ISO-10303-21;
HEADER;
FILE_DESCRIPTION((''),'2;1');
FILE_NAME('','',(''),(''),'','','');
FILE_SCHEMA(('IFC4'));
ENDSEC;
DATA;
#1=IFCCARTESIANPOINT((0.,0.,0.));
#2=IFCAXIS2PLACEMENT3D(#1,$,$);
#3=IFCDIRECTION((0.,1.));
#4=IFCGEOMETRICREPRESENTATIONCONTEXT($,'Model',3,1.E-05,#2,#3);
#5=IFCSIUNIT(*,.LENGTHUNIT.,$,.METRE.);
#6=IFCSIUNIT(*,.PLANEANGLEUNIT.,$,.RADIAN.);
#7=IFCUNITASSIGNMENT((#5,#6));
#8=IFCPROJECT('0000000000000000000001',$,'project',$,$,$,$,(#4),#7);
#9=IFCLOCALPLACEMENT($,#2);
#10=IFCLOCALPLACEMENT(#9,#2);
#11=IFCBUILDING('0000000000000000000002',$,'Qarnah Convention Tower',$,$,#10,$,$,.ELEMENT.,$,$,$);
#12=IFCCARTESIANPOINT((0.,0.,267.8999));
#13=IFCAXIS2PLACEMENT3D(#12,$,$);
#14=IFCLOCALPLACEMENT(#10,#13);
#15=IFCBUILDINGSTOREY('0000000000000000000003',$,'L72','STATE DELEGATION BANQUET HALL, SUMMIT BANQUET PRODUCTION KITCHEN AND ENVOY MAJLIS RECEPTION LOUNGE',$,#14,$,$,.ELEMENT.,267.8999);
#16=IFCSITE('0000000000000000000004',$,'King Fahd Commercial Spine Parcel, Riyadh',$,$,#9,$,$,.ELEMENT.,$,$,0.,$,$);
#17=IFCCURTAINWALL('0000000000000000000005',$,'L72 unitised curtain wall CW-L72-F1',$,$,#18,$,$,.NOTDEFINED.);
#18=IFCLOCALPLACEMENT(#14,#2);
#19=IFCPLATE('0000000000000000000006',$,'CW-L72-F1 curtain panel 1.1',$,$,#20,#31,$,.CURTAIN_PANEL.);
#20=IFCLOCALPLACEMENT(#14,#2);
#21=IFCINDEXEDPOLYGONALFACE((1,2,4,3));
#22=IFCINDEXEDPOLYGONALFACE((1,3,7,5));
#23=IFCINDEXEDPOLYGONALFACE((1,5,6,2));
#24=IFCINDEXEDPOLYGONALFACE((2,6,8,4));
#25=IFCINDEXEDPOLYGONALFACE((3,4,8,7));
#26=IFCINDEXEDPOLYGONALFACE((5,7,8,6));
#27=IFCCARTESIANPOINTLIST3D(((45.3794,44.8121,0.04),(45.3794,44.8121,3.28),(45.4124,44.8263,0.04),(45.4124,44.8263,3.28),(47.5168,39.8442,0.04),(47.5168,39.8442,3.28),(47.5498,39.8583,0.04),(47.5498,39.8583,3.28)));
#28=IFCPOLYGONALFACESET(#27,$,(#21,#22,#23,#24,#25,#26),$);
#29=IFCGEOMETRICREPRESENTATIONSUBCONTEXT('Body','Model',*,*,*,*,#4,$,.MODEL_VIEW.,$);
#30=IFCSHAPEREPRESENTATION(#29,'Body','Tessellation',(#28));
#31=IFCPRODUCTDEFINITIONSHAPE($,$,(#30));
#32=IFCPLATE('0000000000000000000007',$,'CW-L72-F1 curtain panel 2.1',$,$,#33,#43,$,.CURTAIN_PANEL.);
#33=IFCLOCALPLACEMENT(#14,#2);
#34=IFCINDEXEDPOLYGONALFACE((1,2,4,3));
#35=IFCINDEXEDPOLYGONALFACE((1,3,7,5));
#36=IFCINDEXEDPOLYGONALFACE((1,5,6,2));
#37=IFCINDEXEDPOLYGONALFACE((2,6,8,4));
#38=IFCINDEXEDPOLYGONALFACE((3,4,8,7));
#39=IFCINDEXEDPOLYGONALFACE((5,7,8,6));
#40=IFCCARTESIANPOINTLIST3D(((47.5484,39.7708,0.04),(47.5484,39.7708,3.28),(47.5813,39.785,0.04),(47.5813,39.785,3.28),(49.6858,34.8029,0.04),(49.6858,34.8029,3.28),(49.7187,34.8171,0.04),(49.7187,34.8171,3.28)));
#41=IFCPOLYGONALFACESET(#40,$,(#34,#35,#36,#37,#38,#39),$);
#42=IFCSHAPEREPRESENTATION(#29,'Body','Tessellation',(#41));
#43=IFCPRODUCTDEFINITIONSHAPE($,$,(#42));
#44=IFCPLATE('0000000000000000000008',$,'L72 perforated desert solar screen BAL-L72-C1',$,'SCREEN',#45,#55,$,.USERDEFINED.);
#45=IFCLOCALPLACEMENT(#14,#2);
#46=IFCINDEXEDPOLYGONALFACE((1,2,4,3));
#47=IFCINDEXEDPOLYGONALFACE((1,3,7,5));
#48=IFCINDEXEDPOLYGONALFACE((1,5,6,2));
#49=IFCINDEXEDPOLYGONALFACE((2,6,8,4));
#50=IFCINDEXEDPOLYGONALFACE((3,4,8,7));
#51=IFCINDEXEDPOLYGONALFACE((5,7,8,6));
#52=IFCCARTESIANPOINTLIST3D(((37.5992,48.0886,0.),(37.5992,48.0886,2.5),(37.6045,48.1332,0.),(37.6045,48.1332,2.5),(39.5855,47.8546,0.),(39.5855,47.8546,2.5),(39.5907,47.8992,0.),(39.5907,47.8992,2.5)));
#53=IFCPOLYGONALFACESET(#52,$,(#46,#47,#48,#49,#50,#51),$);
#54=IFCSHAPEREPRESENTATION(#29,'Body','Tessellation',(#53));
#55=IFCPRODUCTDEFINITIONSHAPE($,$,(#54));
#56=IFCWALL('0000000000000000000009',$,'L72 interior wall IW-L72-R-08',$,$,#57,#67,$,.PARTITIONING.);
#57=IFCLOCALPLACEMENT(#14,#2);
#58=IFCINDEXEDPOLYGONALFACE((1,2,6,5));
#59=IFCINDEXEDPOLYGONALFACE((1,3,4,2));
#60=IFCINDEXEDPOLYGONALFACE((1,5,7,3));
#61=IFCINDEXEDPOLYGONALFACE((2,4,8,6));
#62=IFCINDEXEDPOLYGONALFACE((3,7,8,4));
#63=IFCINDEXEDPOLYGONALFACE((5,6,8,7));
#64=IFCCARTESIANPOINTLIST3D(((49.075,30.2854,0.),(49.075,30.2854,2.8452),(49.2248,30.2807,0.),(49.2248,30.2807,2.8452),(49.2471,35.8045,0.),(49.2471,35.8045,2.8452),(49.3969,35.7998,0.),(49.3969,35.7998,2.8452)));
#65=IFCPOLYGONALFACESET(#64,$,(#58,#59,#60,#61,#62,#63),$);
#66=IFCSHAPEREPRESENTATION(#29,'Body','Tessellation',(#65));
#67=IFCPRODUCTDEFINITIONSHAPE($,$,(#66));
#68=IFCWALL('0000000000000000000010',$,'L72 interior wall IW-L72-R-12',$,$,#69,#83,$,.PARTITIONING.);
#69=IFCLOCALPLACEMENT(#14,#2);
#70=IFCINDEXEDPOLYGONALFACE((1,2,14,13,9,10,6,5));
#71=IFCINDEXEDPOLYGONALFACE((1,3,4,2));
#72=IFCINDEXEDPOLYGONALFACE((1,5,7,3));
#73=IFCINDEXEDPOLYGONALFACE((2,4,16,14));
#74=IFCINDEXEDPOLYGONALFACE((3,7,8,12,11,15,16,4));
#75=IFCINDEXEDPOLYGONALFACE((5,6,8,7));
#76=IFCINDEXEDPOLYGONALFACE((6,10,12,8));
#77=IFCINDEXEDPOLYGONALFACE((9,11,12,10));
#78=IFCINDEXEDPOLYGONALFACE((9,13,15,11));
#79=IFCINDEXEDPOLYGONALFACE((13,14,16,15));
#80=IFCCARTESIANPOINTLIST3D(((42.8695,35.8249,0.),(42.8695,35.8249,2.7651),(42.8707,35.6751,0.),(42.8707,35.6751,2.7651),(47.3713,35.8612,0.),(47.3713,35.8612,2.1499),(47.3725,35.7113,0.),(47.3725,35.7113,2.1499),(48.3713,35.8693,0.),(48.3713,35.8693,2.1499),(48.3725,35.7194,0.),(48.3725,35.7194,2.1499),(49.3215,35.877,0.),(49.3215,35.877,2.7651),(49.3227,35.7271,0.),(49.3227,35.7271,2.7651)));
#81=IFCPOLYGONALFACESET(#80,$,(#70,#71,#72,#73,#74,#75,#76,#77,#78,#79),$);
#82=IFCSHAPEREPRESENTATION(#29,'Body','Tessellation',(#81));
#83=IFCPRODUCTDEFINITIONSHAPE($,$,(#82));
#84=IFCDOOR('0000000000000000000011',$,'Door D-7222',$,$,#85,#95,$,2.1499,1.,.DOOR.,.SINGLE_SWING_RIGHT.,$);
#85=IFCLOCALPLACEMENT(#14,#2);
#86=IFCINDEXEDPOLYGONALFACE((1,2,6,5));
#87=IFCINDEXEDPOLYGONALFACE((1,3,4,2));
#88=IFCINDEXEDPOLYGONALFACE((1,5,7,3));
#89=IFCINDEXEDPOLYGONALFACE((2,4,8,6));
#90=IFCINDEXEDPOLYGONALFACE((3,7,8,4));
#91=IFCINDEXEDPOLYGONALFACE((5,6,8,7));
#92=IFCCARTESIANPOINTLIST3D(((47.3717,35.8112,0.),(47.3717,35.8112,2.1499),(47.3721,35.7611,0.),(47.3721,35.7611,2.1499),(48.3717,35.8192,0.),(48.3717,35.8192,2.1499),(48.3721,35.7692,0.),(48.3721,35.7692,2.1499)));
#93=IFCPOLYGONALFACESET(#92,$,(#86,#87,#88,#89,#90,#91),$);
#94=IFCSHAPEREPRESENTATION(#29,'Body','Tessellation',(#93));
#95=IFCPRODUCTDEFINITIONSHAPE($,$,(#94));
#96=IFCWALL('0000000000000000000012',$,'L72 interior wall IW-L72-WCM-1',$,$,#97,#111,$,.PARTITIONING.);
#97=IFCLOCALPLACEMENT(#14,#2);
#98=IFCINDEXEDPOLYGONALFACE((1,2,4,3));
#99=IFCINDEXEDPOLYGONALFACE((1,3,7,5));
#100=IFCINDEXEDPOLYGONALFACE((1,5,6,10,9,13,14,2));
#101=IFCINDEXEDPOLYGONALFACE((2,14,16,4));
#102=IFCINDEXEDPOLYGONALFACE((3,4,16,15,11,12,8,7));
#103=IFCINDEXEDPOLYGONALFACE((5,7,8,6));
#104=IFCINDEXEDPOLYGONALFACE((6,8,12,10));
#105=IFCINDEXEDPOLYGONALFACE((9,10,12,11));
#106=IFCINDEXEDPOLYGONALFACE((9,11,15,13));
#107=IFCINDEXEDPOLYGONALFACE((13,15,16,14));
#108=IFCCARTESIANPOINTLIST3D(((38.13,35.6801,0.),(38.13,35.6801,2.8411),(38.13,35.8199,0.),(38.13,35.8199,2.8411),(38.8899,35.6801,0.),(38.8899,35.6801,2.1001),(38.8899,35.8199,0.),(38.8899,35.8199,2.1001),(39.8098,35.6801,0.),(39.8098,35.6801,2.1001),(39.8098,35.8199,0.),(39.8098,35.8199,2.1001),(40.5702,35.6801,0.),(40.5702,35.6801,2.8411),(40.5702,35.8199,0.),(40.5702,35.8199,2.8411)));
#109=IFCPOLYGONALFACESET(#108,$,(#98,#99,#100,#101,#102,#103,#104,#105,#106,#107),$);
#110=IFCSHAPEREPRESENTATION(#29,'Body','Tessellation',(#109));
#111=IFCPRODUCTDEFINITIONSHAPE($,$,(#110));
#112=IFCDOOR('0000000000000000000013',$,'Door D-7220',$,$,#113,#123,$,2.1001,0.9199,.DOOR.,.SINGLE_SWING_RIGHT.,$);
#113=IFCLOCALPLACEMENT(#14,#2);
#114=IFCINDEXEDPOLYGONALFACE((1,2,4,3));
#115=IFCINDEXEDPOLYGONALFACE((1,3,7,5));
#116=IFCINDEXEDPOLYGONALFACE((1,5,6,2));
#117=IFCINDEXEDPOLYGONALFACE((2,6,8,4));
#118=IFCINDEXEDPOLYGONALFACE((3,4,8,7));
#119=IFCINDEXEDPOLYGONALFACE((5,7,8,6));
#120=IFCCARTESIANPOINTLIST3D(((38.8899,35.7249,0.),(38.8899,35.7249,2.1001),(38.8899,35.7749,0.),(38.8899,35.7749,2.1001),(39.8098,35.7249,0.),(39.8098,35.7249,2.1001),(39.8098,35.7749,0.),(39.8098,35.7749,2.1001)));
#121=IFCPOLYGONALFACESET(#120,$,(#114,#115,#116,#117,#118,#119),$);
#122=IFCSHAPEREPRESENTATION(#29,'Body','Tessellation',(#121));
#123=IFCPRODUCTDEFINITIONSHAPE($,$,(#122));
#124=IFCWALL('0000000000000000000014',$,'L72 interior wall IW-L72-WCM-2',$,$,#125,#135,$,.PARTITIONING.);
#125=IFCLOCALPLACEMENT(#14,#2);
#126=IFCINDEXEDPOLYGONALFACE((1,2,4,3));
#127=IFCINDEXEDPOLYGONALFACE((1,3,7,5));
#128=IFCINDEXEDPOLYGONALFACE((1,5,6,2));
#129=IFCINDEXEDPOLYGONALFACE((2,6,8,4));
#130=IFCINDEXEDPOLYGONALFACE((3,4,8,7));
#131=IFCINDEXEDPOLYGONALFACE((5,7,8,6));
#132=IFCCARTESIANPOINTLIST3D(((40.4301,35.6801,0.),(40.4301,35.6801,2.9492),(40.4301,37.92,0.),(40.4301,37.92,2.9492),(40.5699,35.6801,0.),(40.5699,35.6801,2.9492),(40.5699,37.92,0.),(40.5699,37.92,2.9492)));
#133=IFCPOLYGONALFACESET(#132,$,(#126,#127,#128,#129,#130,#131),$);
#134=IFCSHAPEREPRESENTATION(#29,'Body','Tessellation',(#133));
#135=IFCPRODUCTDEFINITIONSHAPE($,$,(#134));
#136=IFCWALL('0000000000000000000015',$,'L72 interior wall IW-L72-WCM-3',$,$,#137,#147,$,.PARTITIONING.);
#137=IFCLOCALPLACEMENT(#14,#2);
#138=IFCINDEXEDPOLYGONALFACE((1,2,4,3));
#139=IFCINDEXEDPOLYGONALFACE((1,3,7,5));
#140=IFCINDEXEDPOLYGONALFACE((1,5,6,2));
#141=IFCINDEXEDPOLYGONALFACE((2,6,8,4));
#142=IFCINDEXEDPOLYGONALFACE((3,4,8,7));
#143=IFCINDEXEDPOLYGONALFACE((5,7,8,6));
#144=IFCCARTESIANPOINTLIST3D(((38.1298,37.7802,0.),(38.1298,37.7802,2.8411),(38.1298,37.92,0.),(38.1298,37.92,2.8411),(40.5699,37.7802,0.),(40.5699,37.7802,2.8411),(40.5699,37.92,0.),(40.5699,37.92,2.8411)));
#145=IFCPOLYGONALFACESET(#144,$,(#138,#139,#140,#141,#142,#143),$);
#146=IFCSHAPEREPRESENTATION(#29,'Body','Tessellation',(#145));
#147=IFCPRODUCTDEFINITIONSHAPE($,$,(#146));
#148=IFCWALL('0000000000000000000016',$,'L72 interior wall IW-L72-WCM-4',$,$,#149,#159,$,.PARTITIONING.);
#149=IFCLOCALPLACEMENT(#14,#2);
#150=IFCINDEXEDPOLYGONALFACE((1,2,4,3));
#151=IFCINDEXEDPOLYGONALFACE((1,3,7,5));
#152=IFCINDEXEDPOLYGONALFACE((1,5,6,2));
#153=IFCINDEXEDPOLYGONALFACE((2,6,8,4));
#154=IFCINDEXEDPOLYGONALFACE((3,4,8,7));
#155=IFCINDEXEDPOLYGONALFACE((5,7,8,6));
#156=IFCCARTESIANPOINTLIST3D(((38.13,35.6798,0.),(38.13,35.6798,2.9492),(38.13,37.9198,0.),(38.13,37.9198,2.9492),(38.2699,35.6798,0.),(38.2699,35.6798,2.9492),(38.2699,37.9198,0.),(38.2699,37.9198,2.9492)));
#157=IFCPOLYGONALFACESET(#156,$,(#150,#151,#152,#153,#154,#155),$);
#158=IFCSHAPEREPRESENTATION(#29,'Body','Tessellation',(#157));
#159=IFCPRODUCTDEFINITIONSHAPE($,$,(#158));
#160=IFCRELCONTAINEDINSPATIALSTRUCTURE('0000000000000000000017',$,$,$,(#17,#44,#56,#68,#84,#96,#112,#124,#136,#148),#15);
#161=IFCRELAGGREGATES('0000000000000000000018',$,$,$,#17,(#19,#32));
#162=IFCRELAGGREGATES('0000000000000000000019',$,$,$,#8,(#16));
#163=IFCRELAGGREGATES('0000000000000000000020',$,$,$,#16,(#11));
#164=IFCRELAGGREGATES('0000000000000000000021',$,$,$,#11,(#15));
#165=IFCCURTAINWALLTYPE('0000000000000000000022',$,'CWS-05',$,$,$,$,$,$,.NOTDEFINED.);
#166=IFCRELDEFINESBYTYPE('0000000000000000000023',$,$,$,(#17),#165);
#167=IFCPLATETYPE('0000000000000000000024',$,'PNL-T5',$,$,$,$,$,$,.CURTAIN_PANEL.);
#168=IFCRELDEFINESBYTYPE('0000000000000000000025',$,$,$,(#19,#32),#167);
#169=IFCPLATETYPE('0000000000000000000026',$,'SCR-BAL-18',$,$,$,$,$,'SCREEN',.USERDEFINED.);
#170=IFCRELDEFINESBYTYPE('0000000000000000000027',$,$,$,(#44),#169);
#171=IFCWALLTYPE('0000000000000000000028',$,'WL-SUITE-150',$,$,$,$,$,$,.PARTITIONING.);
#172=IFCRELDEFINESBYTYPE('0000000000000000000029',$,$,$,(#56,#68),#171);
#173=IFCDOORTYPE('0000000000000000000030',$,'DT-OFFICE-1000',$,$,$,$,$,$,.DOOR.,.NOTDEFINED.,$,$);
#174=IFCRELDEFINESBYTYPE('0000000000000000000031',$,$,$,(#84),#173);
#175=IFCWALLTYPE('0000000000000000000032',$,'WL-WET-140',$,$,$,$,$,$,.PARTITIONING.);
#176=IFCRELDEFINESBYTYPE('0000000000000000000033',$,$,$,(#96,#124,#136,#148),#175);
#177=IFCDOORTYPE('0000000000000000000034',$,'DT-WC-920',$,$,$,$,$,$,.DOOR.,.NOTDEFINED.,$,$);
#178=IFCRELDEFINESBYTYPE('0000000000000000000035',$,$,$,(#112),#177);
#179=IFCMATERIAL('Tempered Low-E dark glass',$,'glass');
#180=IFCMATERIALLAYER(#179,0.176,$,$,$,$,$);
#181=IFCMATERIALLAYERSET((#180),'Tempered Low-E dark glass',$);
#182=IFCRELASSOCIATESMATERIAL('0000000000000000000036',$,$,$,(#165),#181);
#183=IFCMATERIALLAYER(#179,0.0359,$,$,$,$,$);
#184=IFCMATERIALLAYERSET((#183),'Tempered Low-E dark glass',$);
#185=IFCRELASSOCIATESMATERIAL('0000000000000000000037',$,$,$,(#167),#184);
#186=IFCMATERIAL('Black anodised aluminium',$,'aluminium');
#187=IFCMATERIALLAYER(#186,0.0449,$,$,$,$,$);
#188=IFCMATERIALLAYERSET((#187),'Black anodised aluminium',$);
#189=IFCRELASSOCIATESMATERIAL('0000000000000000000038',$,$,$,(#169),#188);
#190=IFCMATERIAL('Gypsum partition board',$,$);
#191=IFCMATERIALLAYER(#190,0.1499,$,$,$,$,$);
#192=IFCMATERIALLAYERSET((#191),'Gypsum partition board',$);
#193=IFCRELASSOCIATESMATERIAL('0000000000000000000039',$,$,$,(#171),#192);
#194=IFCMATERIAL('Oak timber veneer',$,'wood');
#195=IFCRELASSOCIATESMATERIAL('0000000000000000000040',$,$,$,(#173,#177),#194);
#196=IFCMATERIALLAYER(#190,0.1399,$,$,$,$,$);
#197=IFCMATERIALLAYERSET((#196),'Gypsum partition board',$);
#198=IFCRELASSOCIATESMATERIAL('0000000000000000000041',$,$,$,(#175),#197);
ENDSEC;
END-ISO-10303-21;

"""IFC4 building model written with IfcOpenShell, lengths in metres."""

from ifc_helpers import new_model, si_unit, direction, frame, frame_2d, origin, origin_2d, place, context, subcontext, project, spatial, rectangle, extrude, material, layer, layer_set, type_object, element, fill, aggregate, save


model = new_model("IFC4")

# Units and contexts
model_context = context("Model", 3, precision=1e-05, world=origin(), true_north=direction((0.0, 1.0)))
body_context = subcontext(model_context, "Body", "Model", "MODEL_VIEW")
ifc_project = project(units=[si_unit("LENGTHUNIT", "METRE"), si_unit("PLANEANGLEUNIT", "RADIAN")], contexts=[model_context])

# Site, building, storey
site_placement = place(None, origin())
site = spatial("IfcSite", under=ifc_project, at=site_placement, Name="King Fahd Commercial Spine Parcel, Riyadh", CompositionType="ELEMENT", RefElevation=0.0)
building_placement = place(site_placement, origin())
building = spatial("IfcBuilding", under=site, at=building_placement, Name="Qarnah Convention Tower", CompositionType="ELEMENT")
storey_placement = place(building_placement, frame((0.0, 0.0, 267.8999)))
storey = spatial("IfcBuildingStorey", under=building, at=storey_placement, Name="L72", Description="STATE DELEGATION BANQUET HALL, SUMMIT BANQUET PRODUCTION KITCHEN AND ENVOY MAJLIS RECEPTION LOUNGE", CompositionType="ELEMENT", Elevation=267.8999)

# Curtain wall, plates
ifc_material_1 = material(Name="Tempered Low-E dark glass", Category="glass")
ifc_layer_1 = layer(ifc_material_1, 0.176)
ifc_layer_set_1 = layer_set([ifc_layer_1], Name="Tempered Low-E dark glass")
curtain_wall_type = type_object("IfcCurtainWallType", Name="CWS-05", PredefinedType="NOTDEFINED", material=ifc_layer_set_1)
curtain_wall_placement = place(storey_placement, origin())
curtain_wall = element("IfcCurtainWall", 1, at=curtain_wall_placement, inside=storey, type_object=curtain_wall_type, Name="L72 unitised curtain wall CW-L72-F1", PredefinedType="NOTDEFINED")
ifc_material_2 = material(Name="Black anodised aluminium", Category="aluminium")
ifc_layer_2 = layer(ifc_material_1, 0.0359)
ifc_layer_set_2 = layer_set([ifc_layer_2], Name="Tempered Low-E dark glass")
plate_type_1 = type_object("IfcPlateType", Name="PNL-T5", PredefinedType="CURTAIN_PANEL", material=ifc_layer_set_2)
plate_1_placement = place(storey_placement, frame((46.4646, 42.3352, 0.04), z_axis=(0.0, 0.0, 1.0), x_axis=(0.395212, -0.91859, 0.0)))
plate_1 = element("IfcPlate", 2, at=plate_1_placement, type_object=plate_type_1, Name="CW-L72-F1 curtain panel 1.1", PredefinedType="CURTAIN_PANEL", context=body_context, shape_type="SweptSolid", body=[
    extrude(rectangle(XDim=5.4082, YDim=0.0359, at=origin_2d()), origin(), (0.0, 0.0, 1.0), 3.24),
])
plate_2_placement = place(storey_placement, frame((48.6335, 37.2939, 0.04), z_axis=(0.0, 0.0, 1.0), x_axis=(0.395212, -0.91859, 0.0)))
plate_2 = element("IfcPlate", 3, at=plate_2_placement, type_object=plate_type_1, Name="CW-L72-F1 curtain panel 2.1", PredefinedType="CURTAIN_PANEL", context=body_context, shape_type="SweptSolid", body=[
    extrude(rectangle(XDim=5.4082, YDim=0.0359, at=origin_2d()), origin(), (0.0, 0.0, 1.0), 3.24),
])
aggregate(curtain_wall, [plate_1, plate_2])

# Plate
ifc_layer_3 = layer(ifc_material_2, 0.0449)
ifc_layer_set_3 = layer_set([ifc_layer_3], Name="Black anodised aluminium")
plate_type_2 = type_object("IfcPlateType", Name="SCR-BAL-18", ElementType="SCREEN", PredefinedType="USERDEFINED", material=ifc_layer_set_3)
plate_3_placement = place(storey_placement, frame((38.595, 47.9939, 0.0), z_axis=(0.0, 0.0, 1.0), x_axis=(0.993134, -0.116986, 0.0)))
element("IfcPlate", 4, at=plate_3_placement, inside=storey, type_object=plate_type_2, Name="L72 perforated desert solar screen BAL-L72-C1", ObjectType="SCREEN", PredefinedType="USERDEFINED", context=body_context, shape_type="SweptSolid", body=[
    extrude(rectangle(XDim=2.0, YDim=0.0449, at=origin_2d()), origin(), (0.0, 0.0, 1.0), 2.5),
])

# Wall
ifc_material_3 = material(Name="Gypsum partition board")
ifc_layer_4 = layer(ifc_material_3, 0.1499)
ifc_layer_set_4 = layer_set([ifc_layer_4], Name="Gypsum partition board")
wall_type_1 = type_object("IfcWallType", Name="WL-SUITE-150", PredefinedType="PARTITIONING", material=ifc_layer_set_4)
wall_1_placement = place(storey_placement, frame((49.322, 35.802, 0.0), z_axis=(0.0, 0.0, 1.0), x_axis=(-0.031171, -0.999514, 0.0)))
element("IfcWall", 5, at=wall_1_placement, inside=storey, type_object=wall_type_1, Name="L72 interior wall IW-L72-R-08", PredefinedType="PARTITIONING", context=body_context, shape_type="SweptSolid", body=[
    extrude(rectangle(XDim=5.5217, YDim=0.1499, at=frame_2d((2.7607, 0.0))), origin(), (0.0, 0.0, 1.0), 2.8452),
])

# Walls, openings, doors
wall_2_placement = place(storey_placement, frame((42.8701, 35.75, 0.0), z_axis=(0.0, 0.0, 1.0), x_axis=(0.999968, 0.00806, 0.0)))
wall_2 = element("IfcWall", 6, at=wall_2_placement, inside=storey, type_object=wall_type_1, Name="L72 interior wall IW-L72-R-12", PredefinedType="PARTITIONING", context=body_context, shape_type="SweptSolid", body=[
    extrude(rectangle(XDim=6.4521, YDim=0.1499, at=frame_2d((3.2261, 0.0))), origin(), (0.0, 0.0, 1.0), 2.7651),
])
opening_1_placement = place(wall_2_placement, frame((4.502, 0.0, 0.0)))
opening_1 = element("IfcOpeningElement", 7, at=opening_1_placement, cuts=wall_2, PredefinedType="OPENING", context=body_context, shape_type="SweptSolid", body=[
    extrude(rectangle(XDim=1.0, YDim=2.1499, at=frame_2d((0.5, 1.075))), frame((0.0, 0.085, 0.0), z_axis=(0.0, -1.0, 0.0), x_axis=(1.0, 0.0, 0.0)), (0.0, 0.0, 1.0), 0.1699),
])
ifc_material_4 = material(Name="Oak timber veneer", Category="wood")
door_type_1 = type_object("IfcDoorType", Name="DT-OFFICE-1000", OperationType="NOTDEFINED", PredefinedType="DOOR", material=ifc_material_4)
door_1_placement = place(opening_1_placement, origin())
door_1 = element("IfcDoor", 8, at=door_1_placement, inside=storey, type_object=door_type_1, Name="Door D-7222", OperationType="SINGLE_SWING_RIGHT", OverallHeight=2.1499, OverallWidth=1.0, PredefinedType="DOOR", context=body_context, shape_type="SweptSolid", body=[
    extrude(rectangle(XDim=1.0, YDim=2.1499, at=frame_2d((0.5, 1.075))), frame((0.0, 0.0249, 0.0), z_axis=(0.0, -1.0, 0.0), x_axis=(1.0, 0.0, 0.0)), (0.0, 0.0, 1.0), 0.05),
])
fill(opening_1, door_1)
ifc_layer_5 = layer(ifc_material_3, 0.1399)
ifc_layer_set_5 = layer_set([ifc_layer_5], Name="Gypsum partition board")
wall_type_2 = type_object("IfcWallType", Name="WL-WET-140", PredefinedType="PARTITIONING", material=ifc_layer_set_5)
wall_3_placement = place(storey_placement, frame((38.1299, 35.75, 0.0), z_axis=(0.0, 0.0, 1.0), x_axis=(1.0, 0.0, 0.0)))
wall_3 = element("IfcWall", 9, at=wall_3_placement, inside=storey, type_object=wall_type_2, Name="L72 interior wall IW-L72-WCM-1", PredefinedType="PARTITIONING", context=body_context, shape_type="SweptSolid", body=[
    extrude(rectangle(XDim=2.4402, YDim=0.1399, at=frame_2d((1.2202, 0.0))), origin(), (0.0, 0.0, 1.0), 2.8411),
])
opening_2_placement = place(wall_3_placement, frame((0.76, 0.0, 0.0)))
opening_2 = element("IfcOpeningElement", 10, at=opening_2_placement, cuts=wall_3, PredefinedType="OPENING", context=body_context, shape_type="SweptSolid", body=[
    extrude(rectangle(XDim=0.9199, YDim=2.1001, at=frame_2d((0.46, 1.05))), frame((0.0, 0.0798, 0.0), z_axis=(0.0, -1.0, 0.0), x_axis=(1.0, 0.0, 0.0)), (0.0, 0.0, 1.0), 0.1599),
])
door_type_2 = type_object("IfcDoorType", Name="DT-WC-920", OperationType="NOTDEFINED", PredefinedType="DOOR", material=ifc_material_4)
door_2_placement = place(opening_2_placement, origin())
door_2 = element("IfcDoor", 11, at=door_2_placement, inside=storey, type_object=door_type_2, Name="Door D-7220", OperationType="SINGLE_SWING_RIGHT", OverallHeight=2.1001, OverallWidth=0.9199, PredefinedType="DOOR", context=body_context, shape_type="SweptSolid", body=[
    extrude(rectangle(XDim=0.9199, YDim=2.1001, at=frame_2d((0.46, 1.05))), frame((0.0, 0.0249, 0.0), z_axis=(0.0, -1.0, 0.0), x_axis=(1.0, 0.0, 0.0)), (0.0, 0.0, 1.0), 0.05),
])
fill(opening_2, door_2)

# Walls
wall_4_placement = place(storey_placement, frame((40.5, 35.6799, 0.0), z_axis=(0.0, 0.0, 1.0), x_axis=(0.0, 1.0, 0.0)))
element("IfcWall", 12, at=wall_4_placement, inside=storey, type_object=wall_type_2, Name="L72 interior wall IW-L72-WCM-2", PredefinedType="PARTITIONING", context=body_context, shape_type="SweptSolid", body=[
    extrude(rectangle(XDim=2.24, YDim=0.1399, at=frame_2d((1.1201, 0.0))), origin(), (0.0, 0.0, 1.0), 2.9492),
])
wall_5_placement = place(storey_placement, frame((40.5701, 37.8501, 0.0), z_axis=(0.0, 0.0, 1.0), x_axis=(-1.0, 0.0, 0.0)))
element("IfcWall", 13, at=wall_5_placement, inside=storey, type_object=wall_type_2, Name="L72 interior wall IW-L72-WCM-3", PredefinedType="PARTITIONING", context=body_context, shape_type="SweptSolid", body=[
    extrude(rectangle(XDim=2.4402, YDim=0.1399, at=frame_2d((1.2202, 0.0))), origin(), (0.0, 0.0, 1.0), 2.8411),
])
wall_6_placement = place(storey_placement, frame((38.2, 37.9199, 0.0), z_axis=(0.0, 0.0, 1.0), x_axis=(0.0, -1.0, 0.0)))
element("IfcWall", 14, at=wall_6_placement, inside=storey, type_object=wall_type_2, Name="L72 interior wall IW-L72-WCM-4", PredefinedType="PARTITIONING", context=body_context, shape_type="SweptSolid", body=[
    extrude(rectangle(XDim=2.24, YDim=0.1399, at=frame_2d((1.1201, 0.0))), origin(), (0.0, 0.0, 1.0), 2.9492),
])

save(model, "model.ifc")
